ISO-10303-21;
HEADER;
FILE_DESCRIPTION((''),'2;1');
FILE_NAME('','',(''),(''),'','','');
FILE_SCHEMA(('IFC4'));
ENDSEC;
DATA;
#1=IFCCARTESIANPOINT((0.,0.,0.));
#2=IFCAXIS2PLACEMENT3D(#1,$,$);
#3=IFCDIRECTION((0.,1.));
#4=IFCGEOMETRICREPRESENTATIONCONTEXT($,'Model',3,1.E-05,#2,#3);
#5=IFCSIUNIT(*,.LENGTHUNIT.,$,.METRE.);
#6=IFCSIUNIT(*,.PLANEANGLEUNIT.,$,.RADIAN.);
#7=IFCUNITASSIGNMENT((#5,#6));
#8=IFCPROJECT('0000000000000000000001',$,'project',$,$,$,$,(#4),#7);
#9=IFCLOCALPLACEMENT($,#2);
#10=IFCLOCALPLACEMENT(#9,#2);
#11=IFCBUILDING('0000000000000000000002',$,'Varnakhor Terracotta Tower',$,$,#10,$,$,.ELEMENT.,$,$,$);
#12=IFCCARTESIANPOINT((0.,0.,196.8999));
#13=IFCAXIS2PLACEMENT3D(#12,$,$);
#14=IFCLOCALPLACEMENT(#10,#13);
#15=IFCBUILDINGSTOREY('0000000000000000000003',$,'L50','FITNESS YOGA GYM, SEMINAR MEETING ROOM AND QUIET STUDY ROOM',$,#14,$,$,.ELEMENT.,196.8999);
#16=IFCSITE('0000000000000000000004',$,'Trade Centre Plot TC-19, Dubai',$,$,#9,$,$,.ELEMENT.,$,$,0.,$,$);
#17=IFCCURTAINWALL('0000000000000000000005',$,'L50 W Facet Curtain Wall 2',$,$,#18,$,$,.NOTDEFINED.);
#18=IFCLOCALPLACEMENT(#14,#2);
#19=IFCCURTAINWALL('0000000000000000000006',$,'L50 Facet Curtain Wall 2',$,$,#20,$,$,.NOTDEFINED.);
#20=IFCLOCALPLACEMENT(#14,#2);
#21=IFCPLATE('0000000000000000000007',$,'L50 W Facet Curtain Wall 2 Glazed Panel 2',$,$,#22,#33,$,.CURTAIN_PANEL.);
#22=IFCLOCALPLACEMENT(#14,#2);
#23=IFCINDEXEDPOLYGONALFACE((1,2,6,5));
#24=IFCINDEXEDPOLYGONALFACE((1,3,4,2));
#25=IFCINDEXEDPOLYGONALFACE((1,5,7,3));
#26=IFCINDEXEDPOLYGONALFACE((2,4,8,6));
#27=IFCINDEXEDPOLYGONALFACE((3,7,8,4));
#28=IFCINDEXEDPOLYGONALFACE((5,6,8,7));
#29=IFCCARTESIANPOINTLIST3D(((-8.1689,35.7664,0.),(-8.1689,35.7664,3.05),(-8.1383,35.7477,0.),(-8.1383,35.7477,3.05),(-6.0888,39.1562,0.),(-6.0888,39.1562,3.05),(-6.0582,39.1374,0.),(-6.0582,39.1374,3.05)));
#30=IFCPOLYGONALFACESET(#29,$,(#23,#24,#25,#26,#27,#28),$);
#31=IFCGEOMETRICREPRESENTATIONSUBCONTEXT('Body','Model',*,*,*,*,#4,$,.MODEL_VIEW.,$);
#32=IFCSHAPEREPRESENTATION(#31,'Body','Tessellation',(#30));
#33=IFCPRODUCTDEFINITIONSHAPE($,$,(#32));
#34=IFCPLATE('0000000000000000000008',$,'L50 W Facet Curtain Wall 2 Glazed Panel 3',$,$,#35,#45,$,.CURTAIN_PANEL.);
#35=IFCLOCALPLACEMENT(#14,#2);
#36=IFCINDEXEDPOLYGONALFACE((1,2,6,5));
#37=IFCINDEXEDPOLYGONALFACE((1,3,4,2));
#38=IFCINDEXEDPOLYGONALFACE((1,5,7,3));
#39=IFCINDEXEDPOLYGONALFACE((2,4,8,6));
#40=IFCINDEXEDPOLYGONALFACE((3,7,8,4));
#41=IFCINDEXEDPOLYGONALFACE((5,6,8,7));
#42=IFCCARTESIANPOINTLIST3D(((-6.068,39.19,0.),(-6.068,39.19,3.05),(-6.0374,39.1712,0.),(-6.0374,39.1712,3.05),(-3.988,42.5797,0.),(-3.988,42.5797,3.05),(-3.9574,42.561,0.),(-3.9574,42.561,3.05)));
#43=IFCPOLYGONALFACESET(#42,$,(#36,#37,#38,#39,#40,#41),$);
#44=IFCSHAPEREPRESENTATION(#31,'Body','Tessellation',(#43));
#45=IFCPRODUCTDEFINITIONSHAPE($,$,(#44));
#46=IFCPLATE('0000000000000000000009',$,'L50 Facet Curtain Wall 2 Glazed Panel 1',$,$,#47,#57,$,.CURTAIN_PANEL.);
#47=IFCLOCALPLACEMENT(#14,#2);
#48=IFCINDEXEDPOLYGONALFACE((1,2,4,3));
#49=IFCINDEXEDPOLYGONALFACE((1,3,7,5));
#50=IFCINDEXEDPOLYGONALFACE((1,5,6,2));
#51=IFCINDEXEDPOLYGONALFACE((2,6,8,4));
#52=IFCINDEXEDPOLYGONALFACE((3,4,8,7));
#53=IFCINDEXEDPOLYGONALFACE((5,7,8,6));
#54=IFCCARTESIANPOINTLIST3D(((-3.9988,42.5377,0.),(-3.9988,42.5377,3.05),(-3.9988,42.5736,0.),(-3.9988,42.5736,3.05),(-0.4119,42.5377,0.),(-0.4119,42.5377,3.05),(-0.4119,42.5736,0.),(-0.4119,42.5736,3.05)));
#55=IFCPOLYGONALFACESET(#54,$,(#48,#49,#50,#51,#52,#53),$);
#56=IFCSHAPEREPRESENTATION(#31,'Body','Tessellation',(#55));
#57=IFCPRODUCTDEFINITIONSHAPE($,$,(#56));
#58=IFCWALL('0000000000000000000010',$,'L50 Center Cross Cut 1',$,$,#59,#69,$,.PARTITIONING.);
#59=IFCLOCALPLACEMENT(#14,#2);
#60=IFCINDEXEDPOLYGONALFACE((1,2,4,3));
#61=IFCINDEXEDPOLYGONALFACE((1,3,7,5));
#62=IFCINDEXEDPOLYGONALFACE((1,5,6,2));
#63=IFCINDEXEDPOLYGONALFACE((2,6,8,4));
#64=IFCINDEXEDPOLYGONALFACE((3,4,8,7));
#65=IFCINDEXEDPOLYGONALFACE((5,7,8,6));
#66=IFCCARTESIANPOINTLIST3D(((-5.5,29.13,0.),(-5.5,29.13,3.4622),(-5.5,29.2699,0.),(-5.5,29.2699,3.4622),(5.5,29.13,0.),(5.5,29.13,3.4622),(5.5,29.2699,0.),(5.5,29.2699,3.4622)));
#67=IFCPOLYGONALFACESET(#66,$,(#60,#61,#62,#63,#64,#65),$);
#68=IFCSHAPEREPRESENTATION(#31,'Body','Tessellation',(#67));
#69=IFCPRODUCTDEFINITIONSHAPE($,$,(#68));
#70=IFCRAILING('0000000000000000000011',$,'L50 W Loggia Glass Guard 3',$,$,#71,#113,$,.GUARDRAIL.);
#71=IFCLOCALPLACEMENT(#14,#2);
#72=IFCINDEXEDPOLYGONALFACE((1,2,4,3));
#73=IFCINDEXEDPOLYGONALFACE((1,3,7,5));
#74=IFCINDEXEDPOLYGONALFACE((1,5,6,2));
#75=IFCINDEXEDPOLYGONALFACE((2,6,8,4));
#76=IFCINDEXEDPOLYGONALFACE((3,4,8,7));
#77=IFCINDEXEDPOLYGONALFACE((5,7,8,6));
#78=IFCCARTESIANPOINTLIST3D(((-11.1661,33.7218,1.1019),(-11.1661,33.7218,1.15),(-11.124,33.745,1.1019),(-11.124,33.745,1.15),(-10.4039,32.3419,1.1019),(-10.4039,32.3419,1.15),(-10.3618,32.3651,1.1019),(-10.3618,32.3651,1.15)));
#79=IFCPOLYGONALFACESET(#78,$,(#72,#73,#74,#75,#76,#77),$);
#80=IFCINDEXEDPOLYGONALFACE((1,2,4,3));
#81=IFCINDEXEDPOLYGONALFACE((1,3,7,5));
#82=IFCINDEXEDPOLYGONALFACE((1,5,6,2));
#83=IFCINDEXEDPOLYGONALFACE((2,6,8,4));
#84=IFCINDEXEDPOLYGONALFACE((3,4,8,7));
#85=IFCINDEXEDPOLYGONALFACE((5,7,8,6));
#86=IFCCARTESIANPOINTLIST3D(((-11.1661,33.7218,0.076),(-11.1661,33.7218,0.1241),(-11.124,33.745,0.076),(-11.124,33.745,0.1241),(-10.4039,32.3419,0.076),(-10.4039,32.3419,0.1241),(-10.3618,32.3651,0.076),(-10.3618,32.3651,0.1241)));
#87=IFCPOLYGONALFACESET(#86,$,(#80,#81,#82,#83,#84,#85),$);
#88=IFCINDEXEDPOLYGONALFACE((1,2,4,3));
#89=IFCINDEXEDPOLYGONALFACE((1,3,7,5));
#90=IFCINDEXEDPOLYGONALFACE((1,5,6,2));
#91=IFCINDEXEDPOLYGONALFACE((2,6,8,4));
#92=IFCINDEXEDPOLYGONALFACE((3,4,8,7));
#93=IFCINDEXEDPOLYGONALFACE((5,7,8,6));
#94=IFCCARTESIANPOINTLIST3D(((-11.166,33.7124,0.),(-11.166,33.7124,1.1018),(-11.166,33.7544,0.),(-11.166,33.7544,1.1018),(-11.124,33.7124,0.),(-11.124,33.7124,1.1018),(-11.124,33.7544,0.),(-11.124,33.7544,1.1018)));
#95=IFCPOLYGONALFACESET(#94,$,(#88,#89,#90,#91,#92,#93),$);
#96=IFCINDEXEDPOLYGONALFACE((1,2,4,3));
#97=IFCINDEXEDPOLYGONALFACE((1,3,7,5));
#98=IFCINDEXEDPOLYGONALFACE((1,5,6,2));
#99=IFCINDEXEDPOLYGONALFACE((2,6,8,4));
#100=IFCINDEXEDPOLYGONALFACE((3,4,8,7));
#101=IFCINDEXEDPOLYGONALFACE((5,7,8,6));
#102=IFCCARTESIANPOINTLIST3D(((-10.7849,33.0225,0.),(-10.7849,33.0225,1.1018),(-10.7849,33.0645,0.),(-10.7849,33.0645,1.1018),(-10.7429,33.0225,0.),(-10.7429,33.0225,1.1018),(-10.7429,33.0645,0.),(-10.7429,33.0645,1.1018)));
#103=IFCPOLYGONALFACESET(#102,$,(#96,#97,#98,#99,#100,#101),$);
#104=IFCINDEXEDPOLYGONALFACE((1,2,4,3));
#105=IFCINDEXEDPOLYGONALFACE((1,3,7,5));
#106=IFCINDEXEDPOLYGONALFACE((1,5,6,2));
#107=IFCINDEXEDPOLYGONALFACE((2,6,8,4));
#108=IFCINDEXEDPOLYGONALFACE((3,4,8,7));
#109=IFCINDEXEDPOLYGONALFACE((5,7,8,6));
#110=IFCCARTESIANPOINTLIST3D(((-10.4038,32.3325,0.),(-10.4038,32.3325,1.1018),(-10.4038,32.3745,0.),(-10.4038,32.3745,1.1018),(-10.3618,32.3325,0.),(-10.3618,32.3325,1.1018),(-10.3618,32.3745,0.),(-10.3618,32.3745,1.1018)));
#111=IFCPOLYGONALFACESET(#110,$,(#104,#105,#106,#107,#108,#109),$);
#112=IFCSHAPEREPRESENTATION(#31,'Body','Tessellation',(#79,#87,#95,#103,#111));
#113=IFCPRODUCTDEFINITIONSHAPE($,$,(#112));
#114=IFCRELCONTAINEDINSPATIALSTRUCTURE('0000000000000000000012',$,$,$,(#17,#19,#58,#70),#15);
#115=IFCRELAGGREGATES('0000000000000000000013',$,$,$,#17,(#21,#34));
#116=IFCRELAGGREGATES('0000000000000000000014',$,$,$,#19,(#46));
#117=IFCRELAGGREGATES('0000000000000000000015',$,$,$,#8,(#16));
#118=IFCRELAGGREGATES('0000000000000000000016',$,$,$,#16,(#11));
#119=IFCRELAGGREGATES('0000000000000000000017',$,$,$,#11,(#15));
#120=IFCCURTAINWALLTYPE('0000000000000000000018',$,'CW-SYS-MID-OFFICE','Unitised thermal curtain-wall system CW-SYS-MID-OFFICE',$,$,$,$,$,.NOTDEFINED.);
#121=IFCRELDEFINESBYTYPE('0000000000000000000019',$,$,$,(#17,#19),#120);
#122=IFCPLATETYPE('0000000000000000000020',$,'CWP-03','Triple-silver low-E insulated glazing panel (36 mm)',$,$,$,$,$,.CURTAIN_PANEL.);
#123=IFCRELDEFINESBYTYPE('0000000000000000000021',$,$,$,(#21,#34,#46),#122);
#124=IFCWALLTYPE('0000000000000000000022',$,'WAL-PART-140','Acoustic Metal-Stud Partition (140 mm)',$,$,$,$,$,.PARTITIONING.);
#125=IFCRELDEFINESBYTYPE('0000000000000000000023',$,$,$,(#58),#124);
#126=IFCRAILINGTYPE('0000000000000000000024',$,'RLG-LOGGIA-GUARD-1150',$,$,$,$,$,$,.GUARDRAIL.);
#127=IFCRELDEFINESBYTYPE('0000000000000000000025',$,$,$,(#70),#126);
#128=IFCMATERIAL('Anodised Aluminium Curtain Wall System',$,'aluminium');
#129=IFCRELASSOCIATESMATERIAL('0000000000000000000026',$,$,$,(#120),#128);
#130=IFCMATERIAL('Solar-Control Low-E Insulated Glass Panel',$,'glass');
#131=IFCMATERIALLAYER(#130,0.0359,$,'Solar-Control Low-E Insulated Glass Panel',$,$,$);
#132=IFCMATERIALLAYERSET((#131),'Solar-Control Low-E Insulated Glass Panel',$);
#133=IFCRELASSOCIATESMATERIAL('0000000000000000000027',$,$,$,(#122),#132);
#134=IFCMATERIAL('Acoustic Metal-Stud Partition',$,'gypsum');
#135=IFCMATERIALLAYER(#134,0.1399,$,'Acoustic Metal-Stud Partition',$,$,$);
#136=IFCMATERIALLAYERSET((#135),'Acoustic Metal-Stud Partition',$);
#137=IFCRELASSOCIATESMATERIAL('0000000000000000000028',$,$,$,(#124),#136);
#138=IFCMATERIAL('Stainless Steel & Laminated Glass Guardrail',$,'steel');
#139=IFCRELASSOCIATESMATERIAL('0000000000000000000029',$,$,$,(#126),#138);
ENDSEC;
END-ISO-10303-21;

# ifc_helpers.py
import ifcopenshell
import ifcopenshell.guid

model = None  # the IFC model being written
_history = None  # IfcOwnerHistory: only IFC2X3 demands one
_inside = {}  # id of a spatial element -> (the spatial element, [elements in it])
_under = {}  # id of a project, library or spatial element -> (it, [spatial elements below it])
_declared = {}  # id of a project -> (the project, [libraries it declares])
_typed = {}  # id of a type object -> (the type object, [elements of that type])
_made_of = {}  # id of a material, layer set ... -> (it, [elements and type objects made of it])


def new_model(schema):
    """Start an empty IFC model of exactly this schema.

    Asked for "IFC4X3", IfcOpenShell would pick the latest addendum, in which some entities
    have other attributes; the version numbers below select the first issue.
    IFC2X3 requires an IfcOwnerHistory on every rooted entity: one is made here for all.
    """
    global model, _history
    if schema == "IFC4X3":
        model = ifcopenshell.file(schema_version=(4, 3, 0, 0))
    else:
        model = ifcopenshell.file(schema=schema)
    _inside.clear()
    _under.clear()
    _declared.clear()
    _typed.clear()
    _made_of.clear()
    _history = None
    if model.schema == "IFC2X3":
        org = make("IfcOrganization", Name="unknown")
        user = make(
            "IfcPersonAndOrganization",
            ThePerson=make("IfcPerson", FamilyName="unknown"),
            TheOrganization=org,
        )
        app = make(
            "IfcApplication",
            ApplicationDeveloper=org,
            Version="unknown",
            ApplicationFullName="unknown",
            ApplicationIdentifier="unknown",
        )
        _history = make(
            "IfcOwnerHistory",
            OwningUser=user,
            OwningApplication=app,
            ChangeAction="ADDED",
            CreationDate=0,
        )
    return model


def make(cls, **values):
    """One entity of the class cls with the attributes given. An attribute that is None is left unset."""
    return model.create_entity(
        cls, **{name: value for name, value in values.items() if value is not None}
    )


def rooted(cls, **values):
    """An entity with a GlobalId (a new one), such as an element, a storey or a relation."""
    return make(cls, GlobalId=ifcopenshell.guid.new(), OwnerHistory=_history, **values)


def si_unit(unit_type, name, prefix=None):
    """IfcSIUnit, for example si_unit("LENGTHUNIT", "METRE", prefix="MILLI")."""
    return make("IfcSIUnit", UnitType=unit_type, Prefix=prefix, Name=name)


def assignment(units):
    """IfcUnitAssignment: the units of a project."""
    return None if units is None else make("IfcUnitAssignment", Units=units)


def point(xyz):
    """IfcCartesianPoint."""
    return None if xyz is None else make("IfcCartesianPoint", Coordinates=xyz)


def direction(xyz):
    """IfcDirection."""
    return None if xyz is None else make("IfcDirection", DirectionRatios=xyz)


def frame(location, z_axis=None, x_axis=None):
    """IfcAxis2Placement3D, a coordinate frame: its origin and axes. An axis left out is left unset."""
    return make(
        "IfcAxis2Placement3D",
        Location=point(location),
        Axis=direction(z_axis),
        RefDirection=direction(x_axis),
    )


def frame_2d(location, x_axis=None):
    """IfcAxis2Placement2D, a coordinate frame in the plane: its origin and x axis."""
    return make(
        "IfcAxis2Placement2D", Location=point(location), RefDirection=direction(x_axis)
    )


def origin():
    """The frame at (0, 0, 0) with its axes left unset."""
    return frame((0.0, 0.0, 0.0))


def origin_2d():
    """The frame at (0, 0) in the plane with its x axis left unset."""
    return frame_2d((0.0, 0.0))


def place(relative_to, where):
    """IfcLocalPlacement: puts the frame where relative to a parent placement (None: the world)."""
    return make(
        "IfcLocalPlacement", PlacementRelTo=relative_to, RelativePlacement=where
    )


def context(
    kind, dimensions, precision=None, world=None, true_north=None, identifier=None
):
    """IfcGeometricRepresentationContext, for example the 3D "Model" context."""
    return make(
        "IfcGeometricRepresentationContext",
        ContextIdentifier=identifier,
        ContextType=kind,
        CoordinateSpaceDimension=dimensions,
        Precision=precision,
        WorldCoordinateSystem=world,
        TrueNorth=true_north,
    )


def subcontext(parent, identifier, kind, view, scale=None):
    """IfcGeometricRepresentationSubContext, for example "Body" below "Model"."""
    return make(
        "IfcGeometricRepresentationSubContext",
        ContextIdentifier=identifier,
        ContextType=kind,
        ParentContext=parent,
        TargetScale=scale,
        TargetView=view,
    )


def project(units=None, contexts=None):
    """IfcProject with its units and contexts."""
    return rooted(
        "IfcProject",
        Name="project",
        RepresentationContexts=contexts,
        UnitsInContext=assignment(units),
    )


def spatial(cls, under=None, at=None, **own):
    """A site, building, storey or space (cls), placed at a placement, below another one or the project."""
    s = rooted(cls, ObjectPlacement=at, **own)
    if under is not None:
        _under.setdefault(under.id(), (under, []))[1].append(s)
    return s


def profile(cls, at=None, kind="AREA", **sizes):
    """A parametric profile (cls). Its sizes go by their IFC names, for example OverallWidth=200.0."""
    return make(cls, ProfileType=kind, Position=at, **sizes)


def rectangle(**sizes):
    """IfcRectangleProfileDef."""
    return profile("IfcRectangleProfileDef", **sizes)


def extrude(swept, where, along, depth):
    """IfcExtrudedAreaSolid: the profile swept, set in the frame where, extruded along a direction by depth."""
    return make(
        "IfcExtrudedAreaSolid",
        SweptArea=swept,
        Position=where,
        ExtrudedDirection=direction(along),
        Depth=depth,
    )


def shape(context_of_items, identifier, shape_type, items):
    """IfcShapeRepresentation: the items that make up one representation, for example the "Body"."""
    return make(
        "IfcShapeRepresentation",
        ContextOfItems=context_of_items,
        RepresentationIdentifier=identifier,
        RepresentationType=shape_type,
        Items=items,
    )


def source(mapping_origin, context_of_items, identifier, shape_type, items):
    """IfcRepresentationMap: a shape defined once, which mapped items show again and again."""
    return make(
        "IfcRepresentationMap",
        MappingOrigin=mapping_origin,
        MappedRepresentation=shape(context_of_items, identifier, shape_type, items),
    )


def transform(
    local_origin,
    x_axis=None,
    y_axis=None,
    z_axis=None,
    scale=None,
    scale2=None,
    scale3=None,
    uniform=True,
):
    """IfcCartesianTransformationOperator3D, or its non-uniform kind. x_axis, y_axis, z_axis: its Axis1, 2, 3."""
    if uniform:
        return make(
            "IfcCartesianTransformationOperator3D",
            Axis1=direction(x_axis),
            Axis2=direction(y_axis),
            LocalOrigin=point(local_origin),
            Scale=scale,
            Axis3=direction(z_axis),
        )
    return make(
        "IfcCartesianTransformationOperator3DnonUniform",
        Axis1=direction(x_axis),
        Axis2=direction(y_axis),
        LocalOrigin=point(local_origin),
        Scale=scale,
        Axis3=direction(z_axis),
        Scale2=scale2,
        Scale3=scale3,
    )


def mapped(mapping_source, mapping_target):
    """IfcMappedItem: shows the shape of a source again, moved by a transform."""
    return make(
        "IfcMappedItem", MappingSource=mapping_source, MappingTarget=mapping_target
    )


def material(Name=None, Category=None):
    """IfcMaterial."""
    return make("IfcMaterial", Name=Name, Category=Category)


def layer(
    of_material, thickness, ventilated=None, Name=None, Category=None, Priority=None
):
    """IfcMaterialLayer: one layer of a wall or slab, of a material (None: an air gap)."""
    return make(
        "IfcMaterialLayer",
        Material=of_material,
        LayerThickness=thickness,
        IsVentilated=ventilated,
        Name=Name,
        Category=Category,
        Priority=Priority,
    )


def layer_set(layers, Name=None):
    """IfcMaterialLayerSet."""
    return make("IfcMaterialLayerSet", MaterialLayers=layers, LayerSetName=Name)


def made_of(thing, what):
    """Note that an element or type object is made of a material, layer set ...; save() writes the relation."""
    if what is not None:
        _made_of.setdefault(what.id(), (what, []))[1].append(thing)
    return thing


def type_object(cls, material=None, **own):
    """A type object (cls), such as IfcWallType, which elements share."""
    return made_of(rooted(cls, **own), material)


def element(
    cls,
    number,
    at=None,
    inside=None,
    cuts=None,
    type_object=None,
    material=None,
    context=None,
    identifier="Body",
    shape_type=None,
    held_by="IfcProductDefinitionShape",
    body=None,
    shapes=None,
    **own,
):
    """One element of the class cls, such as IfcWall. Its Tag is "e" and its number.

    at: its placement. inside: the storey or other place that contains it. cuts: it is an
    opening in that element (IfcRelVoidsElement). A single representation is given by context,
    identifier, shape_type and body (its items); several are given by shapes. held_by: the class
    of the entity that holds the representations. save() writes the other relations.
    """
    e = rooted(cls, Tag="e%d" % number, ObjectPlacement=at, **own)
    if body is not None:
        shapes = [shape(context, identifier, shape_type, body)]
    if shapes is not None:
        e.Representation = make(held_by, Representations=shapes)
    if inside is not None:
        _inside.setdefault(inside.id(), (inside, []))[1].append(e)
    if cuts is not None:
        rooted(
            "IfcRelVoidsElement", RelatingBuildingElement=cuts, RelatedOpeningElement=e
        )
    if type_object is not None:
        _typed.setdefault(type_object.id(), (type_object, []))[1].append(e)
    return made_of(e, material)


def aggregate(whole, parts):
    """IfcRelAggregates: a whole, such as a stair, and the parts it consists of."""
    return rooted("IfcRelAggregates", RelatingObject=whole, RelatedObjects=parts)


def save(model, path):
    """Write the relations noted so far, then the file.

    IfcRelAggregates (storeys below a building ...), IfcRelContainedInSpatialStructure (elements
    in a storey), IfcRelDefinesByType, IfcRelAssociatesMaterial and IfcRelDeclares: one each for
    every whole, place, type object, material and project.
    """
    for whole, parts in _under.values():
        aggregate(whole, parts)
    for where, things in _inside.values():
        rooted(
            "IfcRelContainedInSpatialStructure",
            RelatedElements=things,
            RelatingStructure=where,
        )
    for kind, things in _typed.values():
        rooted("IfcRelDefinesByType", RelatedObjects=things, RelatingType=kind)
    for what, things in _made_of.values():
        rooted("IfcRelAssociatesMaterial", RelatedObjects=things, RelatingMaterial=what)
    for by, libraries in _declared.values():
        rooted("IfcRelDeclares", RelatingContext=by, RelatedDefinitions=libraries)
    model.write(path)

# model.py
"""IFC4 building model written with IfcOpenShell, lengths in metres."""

from ifc_helpers import new_model, si_unit, direction, frame, frame_2d, origin, origin_2d, place, context, subcontext, project, spatial, rectangle, extrude, source, transform, mapped, material, layer, layer_set, type_object, element, aggregate, save


model = new_model("IFC4")

# Units and contexts
model_context = context("Model", 3, precision=1e-05, world=origin(), true_north=direction((0.0, 1.0)))
body_context = subcontext(model_context, "Body", "Model", "MODEL_VIEW")
ifc_project = project(units=[si_unit("LENGTHUNIT", "METRE"), si_unit("PLANEANGLEUNIT", "RADIAN")], contexts=[model_context])

# Site, building, storey
site_placement = place(None, origin())
site = spatial("IfcSite", under=ifc_project, at=site_placement, Name="Trade Centre Plot TC-19, Dubai", CompositionType="ELEMENT", RefElevation=0.0)
building_placement = place(site_placement, origin())
building = spatial("IfcBuilding", under=site, at=building_placement, Name="Varnakhor Terracotta Tower", CompositionType="ELEMENT")
storey_placement = place(building_placement, frame((0.0, 0.0, 196.8999)))
storey = spatial("IfcBuildingStorey", under=building, at=storey_placement, Name="L50", Description="FITNESS YOGA GYM, SEMINAR MEETING ROOM AND QUIET STUDY ROOM", CompositionType="ELEMENT", Elevation=196.8999)

# Curtain wall
ifc_material_1 = material(Name="Anodised Aluminium Curtain Wall System", Category="aluminium")
curtain_wall_type = type_object("IfcCurtainWallType", Name="CW-SYS-MID-OFFICE", Description="Unitised thermal curtain-wall system CW-SYS-MID-OFFICE", PredefinedType="NOTDEFINED", material=ifc_material_1)
curtain_wall_1_placement = place(storey_placement, origin())
curtain_wall_1 = element("IfcCurtainWall", 1, at=curtain_wall_1_placement, inside=storey, type_object=curtain_wall_type, Name="L50 W Facet Curtain Wall 2", PredefinedType="NOTDEFINED")

# Curtain wall
curtain_wall_2_placement = place(storey_placement, origin())
curtain_wall_2 = element("IfcCurtainWall", 2, at=curtain_wall_2_placement, inside=storey, type_object=curtain_wall_type, Name="L50 Facet Curtain Wall 2", PredefinedType="NOTDEFINED")

# Plates
ifc_material_2 = material(Name="Solar-Control Low-E Insulated Glass Panel", Category="glass")
ifc_layer_1 = layer(ifc_material_2, 0.0359, Name="Solar-Control Low-E Insulated Glass Panel")
ifc_layer_set_1 = layer_set([ifc_layer_1], Name="Solar-Control Low-E Insulated Glass Panel")
plate_type = type_object("IfcPlateType", Name="CWP-03", Description="Triple-silver low-E insulated glazing panel (36 mm)", PredefinedType="CURTAIN_PANEL", material=ifc_layer_set_1)
shared_shape_1 = source(origin(), body_context, "Body", "SweptSolid", [
    extrude(rectangle(XDim=3.9771, YDim=0.0359, at=origin_2d()), origin(), (0.0, 0.0, 1.0), 3.05),
])
plate_1_placement = place(storey_placement, frame((-7.1135, 37.4519, 0.0), z_axis=(0.0, 0.0, 1.0), x_axis=(0.523019, 0.852321, 0.0)))
plate_1 = element("IfcPlate", 3, at=plate_1_placement, type_object=plate_type, Name="L50 W Facet Curtain Wall 2 Glazed Panel 2", PredefinedType="CURTAIN_PANEL", context=body_context, shape_type="MappedRepresentation", body=[
    mapped(shared_shape_1, transform((0.0, 0.0, 0.0), scale=1.0)),
])
plate_2_placement = place(storey_placement, frame((-5.0127, 40.8755, 0.0), z_axis=(0.0, 0.0, 1.0), x_axis=(0.523019, 0.852321, 0.0)))
plate_2 = element("IfcPlate", 4, at=plate_2_placement, type_object=plate_type, Name="L50 W Facet Curtain Wall 2 Glazed Panel 3", PredefinedType="CURTAIN_PANEL", context=body_context, shape_type="MappedRepresentation", body=[
    mapped(shared_shape_1, transform((0.0, 0.0, 0.0), scale=1.0)),
])
aggregate(curtain_wall_1, [plate_1, plate_2])
shared_shape_2 = source(origin(), body_context, "Body", "SweptSolid", [
    extrude(rectangle(XDim=3.5869, YDim=0.0359, at=origin_2d()), origin(), (0.0, 0.0, 1.0), 3.05),
])
plate_3_placement = place(storey_placement, frame((-2.2053, 42.5557, 0.0), z_axis=(0.0, 0.0, 1.0), x_axis=(1.0, 0.0, 0.0)))
plate_3 = element("IfcPlate", 5, at=plate_3_placement, type_object=plate_type, Name="L50 Facet Curtain Wall 2 Glazed Panel 1", PredefinedType="CURTAIN_PANEL", context=body_context, shape_type="MappedRepresentation", body=[
    mapped(shared_shape_2, transform((0.0, 0.0, 0.0), scale=1.0)),
])
aggregate(curtain_wall_2, [plate_3])

# Wall
ifc_material_3 = material(Name="Acoustic Metal-Stud Partition", Category="gypsum")
ifc_layer_2 = layer(ifc_material_3, 0.1399, Name="Acoustic Metal-Stud Partition")
ifc_layer_set_2 = layer_set([ifc_layer_2], Name="Acoustic Metal-Stud Partition")
wall_type = type_object("IfcWallType", Name="WAL-PART-140", Description="Acoustic Metal-Stud Partition (140 mm)", PredefinedType="PARTITIONING", material=ifc_layer_set_2)
wall_placement = place(storey_placement, frame((-5.5, 29.2, 0.0), z_axis=(0.0, 0.0, 1.0), x_axis=(1.0, 0.0, 0.0)))
element("IfcWall", 6, at=wall_placement, inside=storey, type_object=wall_type, Name="L50 Center Cross Cut 1", PredefinedType="PARTITIONING", context=body_context, shape_type="SweptSolid", body=[
    extrude(rectangle(XDim=11.0, YDim=0.1399, at=frame_2d((5.5, 0.0))), origin(), (0.0, 0.0, 1.0), 3.4622),
])

# Railing
ifc_material_4 = material(Name="Stainless Steel & Laminated Glass Guardrail", Category="steel")
railing_type = type_object("IfcRailingType", Name="RLG-LOGGIA-GUARD-1150", PredefinedType="GUARDRAIL", material=ifc_material_4)
railing_placement = place(storey_placement, frame((-11.145, 33.7334, 0.0)))
element("IfcRailing", 7, at=railing_placement, inside=storey, type_object=railing_type, Name="L50 W Loggia Glass Guard 3", PredefinedType="GUARDRAIL", context=body_context, shape_type="SweptSolid", body=[
    extrude(rectangle(XDim=0.0481, YDim=0.0481, at=origin_2d()), frame((0.0, 0.0, 1.126), z_axis=(0.483511, -0.875338, 0.0), x_axis=(0.875338, 0.483511, 0.0)), (0.0, 0.0, 1.0), 1.5764),
    extrude(rectangle(XDim=0.0481, YDim=0.0481, at=origin_2d()), frame((0.0, 0.0, 0.1001), z_axis=(0.483511, -0.875338, 0.0), x_axis=(0.875338, 0.483511, 0.0)), (0.0, 0.0, 1.0), 1.5764),
    extrude(rectangle(XDim=0.042, YDim=0.042, at=origin_2d()), origin(), (0.0, 0.0, 1.0), 1.1018),
    extrude(rectangle(XDim=0.042, YDim=0.042, at=origin_2d()), frame((0.3811, -0.6899, 0.0)), (0.0, 0.0, 1.0), 1.1018),
    extrude(rectangle(XDim=0.042, YDim=0.042, at=origin_2d()), frame((0.7622, -1.3799, 0.0)), (0.0, 0.0, 1.0), 1.1018),
])

save(model, "model.ifc")
